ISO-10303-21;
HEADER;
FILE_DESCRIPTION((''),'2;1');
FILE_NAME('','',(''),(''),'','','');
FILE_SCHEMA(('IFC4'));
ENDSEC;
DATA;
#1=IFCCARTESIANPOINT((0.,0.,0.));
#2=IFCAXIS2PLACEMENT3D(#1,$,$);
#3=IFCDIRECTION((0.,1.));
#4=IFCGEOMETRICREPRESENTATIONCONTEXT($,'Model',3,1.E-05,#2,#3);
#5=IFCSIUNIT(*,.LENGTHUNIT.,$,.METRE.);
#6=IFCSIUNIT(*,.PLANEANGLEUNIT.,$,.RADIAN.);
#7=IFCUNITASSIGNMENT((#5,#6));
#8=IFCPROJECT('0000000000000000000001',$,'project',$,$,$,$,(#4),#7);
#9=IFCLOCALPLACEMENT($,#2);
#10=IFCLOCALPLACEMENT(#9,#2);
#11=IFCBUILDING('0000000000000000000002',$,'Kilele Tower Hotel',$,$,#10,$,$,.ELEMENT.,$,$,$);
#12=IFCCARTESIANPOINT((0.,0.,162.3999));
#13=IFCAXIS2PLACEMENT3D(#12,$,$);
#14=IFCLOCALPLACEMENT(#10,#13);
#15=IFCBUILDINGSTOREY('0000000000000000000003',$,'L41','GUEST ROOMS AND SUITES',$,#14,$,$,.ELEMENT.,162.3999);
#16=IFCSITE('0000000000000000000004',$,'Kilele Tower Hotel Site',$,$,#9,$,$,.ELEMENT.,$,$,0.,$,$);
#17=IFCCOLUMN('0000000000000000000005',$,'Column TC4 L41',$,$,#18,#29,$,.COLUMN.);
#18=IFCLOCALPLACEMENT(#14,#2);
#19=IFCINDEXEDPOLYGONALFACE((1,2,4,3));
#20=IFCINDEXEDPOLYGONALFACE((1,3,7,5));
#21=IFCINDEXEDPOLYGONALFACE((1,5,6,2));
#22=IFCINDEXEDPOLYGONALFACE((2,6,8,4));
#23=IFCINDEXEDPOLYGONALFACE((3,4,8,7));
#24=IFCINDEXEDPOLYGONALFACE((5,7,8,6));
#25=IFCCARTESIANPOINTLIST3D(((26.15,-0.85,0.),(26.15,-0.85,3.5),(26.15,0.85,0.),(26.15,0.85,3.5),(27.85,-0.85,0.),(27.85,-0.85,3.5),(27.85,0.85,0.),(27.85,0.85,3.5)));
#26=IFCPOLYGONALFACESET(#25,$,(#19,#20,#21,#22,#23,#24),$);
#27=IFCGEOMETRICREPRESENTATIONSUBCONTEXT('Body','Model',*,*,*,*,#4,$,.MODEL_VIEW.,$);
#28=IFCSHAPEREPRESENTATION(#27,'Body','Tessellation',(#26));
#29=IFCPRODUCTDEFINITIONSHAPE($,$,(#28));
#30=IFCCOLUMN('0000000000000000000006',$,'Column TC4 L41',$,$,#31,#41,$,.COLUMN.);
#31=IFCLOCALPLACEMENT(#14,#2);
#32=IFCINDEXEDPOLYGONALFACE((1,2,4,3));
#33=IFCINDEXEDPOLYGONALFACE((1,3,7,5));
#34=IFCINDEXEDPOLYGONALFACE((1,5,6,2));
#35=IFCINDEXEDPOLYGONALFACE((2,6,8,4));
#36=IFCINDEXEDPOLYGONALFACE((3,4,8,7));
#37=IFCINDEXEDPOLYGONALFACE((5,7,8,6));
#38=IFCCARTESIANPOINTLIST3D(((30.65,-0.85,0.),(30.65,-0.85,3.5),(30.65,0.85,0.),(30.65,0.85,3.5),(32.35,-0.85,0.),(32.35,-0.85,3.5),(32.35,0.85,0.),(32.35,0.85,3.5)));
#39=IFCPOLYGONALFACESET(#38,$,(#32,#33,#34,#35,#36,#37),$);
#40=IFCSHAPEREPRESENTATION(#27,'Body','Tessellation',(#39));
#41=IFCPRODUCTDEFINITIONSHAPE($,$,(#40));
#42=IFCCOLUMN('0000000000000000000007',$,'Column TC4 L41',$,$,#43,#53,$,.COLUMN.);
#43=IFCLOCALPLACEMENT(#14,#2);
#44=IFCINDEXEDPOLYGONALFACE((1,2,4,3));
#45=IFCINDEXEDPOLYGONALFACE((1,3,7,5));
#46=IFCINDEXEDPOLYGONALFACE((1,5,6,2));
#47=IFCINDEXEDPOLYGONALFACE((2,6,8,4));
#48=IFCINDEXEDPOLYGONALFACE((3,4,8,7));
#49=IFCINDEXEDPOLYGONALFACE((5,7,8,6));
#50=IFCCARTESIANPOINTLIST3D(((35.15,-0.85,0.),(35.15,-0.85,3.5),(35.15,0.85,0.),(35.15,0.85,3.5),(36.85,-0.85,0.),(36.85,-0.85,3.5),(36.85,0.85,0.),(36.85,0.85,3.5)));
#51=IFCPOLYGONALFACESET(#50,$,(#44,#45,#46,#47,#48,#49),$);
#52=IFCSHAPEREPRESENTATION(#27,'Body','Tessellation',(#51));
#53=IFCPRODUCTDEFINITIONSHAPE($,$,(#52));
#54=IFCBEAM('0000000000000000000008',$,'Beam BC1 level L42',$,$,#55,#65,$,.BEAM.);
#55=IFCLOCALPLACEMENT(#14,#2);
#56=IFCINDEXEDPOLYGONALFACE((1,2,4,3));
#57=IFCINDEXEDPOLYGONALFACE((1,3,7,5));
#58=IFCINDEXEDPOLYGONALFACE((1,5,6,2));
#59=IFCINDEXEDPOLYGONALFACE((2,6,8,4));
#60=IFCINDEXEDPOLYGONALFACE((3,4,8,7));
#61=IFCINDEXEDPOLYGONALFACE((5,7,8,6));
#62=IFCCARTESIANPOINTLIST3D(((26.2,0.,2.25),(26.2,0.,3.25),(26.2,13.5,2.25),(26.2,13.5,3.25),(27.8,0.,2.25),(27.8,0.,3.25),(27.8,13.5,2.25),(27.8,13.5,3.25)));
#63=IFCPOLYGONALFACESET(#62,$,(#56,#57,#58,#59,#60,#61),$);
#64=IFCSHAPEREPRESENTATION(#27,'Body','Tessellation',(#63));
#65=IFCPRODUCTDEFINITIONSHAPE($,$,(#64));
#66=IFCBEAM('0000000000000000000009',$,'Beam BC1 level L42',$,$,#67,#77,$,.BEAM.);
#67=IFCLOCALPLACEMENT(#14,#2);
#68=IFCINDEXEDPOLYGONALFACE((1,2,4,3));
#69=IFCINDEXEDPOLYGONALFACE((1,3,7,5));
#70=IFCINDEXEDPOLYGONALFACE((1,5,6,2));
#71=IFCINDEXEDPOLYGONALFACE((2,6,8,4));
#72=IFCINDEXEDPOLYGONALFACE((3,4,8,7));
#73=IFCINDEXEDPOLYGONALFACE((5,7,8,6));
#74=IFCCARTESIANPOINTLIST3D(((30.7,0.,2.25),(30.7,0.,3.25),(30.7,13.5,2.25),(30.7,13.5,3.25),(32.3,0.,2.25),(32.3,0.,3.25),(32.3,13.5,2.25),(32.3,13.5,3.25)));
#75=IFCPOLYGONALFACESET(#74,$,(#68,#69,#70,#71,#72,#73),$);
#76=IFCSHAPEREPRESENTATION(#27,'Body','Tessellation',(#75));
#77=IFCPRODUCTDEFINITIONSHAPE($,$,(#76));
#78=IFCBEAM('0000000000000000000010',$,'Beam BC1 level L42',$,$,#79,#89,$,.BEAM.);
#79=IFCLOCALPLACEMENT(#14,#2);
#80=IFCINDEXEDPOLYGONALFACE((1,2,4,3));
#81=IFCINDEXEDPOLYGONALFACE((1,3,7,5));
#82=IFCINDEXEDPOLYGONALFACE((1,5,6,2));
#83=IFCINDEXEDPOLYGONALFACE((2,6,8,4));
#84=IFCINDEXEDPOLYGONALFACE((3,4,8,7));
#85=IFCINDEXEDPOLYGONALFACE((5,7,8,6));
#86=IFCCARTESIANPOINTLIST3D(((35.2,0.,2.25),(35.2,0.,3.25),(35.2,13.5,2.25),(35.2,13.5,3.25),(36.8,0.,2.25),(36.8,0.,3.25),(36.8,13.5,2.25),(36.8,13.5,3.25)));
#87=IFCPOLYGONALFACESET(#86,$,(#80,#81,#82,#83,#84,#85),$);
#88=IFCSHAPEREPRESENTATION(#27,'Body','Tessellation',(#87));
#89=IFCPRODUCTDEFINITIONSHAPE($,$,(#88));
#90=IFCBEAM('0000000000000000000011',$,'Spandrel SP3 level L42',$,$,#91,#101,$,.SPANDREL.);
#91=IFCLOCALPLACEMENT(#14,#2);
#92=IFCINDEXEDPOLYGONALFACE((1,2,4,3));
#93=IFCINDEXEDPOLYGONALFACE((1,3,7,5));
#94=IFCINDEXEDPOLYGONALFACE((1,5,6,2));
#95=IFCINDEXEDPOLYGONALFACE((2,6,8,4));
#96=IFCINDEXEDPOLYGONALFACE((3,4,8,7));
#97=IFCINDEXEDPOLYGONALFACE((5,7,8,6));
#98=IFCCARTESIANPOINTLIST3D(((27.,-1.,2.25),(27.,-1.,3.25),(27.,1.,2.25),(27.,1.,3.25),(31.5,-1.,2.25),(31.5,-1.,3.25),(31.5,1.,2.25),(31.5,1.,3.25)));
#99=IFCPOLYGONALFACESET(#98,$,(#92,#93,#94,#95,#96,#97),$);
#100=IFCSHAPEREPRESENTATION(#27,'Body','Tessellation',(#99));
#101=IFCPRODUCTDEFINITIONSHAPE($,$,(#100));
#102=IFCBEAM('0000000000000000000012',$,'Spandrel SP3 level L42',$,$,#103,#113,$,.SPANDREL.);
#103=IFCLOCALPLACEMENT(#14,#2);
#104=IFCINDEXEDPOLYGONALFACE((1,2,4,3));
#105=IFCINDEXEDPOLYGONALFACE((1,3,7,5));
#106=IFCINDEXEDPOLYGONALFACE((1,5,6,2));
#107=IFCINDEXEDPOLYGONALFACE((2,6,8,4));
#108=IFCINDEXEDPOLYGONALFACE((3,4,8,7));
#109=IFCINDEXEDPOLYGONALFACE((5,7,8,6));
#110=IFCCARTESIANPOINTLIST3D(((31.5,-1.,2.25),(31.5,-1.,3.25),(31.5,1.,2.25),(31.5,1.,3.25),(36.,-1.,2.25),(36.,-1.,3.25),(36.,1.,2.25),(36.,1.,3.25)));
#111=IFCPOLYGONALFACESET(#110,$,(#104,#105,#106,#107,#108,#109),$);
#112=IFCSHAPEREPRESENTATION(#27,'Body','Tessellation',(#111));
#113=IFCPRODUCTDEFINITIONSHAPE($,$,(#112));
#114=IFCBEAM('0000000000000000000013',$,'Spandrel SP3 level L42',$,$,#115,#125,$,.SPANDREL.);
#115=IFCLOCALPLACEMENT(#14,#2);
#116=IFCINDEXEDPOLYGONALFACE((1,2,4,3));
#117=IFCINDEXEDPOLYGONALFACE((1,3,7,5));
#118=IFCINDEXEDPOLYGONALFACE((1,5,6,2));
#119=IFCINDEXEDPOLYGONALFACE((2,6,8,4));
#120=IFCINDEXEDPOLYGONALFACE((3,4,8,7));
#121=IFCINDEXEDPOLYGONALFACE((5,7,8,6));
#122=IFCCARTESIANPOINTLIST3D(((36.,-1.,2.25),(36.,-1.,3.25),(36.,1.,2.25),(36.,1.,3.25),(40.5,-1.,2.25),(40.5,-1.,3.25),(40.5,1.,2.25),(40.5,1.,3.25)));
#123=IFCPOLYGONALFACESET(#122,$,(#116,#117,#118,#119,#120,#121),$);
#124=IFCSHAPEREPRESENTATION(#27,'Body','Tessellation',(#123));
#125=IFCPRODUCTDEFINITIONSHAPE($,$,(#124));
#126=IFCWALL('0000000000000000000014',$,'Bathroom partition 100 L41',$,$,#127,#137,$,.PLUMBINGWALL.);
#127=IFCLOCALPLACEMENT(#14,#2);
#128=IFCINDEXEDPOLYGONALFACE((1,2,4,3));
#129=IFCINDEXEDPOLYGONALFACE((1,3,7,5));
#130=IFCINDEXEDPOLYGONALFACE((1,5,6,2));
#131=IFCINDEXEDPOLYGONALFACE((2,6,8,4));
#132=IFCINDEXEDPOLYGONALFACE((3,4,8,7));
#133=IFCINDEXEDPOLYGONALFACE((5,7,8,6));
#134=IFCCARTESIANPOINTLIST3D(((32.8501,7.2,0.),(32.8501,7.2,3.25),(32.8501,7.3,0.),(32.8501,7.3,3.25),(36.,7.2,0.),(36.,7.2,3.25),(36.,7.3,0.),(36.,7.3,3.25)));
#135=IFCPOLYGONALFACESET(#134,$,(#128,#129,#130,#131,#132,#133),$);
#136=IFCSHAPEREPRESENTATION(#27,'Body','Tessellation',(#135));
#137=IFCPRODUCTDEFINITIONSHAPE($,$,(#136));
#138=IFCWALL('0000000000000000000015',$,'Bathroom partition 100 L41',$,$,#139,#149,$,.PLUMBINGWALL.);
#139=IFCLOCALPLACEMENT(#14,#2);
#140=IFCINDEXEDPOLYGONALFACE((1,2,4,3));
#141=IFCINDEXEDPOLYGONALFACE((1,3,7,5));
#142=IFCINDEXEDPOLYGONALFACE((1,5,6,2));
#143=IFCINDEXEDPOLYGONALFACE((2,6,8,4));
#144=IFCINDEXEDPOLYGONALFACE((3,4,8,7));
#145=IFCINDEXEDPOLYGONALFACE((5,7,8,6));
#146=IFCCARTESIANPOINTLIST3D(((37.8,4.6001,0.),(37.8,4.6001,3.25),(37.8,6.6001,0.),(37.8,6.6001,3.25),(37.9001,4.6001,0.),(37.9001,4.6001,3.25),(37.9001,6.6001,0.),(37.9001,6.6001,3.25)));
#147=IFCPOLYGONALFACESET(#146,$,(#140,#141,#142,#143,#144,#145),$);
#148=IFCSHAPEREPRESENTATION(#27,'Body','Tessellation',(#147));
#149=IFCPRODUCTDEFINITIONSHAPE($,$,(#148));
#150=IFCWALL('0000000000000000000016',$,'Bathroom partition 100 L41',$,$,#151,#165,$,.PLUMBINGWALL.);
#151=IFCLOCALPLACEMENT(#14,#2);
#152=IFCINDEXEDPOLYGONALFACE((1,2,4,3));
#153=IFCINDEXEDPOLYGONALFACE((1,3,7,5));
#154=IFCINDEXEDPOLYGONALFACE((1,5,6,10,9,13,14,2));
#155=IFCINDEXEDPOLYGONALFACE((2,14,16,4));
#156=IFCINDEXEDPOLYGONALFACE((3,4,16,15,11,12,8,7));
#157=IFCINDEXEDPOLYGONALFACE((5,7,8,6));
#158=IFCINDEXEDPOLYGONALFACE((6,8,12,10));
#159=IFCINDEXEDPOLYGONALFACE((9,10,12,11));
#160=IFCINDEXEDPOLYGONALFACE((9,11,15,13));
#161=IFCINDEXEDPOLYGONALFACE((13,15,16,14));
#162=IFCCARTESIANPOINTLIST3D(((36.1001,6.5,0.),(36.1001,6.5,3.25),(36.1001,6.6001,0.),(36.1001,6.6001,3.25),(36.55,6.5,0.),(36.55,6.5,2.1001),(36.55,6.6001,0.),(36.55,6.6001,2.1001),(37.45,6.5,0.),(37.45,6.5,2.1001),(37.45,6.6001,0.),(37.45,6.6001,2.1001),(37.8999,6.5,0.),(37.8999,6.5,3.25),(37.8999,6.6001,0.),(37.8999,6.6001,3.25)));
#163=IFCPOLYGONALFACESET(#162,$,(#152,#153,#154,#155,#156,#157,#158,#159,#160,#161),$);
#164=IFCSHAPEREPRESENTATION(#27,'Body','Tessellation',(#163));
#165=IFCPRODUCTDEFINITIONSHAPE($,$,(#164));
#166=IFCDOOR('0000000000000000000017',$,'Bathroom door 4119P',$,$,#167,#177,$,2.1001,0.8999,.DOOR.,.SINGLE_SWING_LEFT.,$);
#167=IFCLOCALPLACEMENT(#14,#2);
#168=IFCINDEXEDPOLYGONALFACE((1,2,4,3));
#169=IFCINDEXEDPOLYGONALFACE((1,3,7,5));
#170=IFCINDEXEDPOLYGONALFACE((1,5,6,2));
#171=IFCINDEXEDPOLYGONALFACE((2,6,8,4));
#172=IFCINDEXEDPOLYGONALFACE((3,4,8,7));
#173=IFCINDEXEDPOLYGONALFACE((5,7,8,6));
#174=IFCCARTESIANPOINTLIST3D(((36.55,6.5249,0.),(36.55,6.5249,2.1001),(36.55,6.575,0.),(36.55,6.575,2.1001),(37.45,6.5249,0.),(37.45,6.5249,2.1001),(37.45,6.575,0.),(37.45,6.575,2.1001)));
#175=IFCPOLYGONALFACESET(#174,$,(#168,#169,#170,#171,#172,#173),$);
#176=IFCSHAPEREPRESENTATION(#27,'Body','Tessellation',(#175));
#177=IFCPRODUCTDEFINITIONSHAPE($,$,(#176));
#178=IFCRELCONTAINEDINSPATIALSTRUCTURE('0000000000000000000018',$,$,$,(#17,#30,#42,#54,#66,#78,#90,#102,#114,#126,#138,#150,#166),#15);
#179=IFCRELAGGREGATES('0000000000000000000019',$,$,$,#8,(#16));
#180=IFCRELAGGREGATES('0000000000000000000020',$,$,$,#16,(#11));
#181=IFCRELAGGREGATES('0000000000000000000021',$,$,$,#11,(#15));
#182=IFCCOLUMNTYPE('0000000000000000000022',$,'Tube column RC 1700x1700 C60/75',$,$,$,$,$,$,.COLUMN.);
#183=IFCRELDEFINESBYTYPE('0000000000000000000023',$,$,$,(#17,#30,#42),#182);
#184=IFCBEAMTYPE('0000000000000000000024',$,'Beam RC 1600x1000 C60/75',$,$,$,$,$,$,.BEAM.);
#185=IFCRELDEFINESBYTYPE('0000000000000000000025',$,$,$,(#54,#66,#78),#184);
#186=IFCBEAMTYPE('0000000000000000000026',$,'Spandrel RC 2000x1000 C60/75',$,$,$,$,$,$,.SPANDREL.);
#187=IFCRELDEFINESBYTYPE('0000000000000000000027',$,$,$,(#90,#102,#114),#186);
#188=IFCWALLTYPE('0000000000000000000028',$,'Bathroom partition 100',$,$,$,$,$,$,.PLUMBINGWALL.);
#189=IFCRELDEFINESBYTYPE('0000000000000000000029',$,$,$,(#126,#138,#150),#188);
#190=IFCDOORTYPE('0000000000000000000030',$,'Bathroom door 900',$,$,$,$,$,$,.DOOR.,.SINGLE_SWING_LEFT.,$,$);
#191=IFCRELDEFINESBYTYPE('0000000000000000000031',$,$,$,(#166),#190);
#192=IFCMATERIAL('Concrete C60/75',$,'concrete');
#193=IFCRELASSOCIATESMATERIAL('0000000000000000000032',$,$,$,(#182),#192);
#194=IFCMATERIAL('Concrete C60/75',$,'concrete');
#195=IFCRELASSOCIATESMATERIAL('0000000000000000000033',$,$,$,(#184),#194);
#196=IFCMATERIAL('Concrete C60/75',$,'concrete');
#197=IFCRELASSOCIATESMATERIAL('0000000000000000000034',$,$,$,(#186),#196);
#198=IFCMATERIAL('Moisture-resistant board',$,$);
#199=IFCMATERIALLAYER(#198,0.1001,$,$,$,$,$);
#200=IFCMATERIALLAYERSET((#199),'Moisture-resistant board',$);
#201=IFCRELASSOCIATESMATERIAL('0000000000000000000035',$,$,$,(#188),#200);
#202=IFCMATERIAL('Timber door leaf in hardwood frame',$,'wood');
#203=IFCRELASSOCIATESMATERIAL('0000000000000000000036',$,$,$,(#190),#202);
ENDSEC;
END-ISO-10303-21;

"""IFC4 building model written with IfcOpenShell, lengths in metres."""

from ifc_helpers import new_model, si_unit, direction, frame, frame_2d, origin, origin_2d, place, context, subcontext, project, spatial, rectangle, extrude, material, layer, layer_set, material_profile, profile_set, type_object, element, fill, save


model = new_model("IFC4")

# Units and contexts
model_context = context("Model", 3, precision=1e-05, world=origin(), true_north=direction((0.0, 1.0)))
body_context = subcontext(model_context, "Body", "Model", "MODEL_VIEW")
ifc_project = project(units=[si_unit("LENGTHUNIT", "METRE"), si_unit("PLANEANGLEUNIT", "RADIAN")], contexts=[model_context])

# Site, building, storey
site_placement = place(None, origin())
site = spatial("IfcSite", under=ifc_project, at=site_placement, Name="Kilele Tower Hotel Site", CompositionType="ELEMENT", RefElevation=0.0)
building_placement = place(site_placement, origin())
building = spatial("IfcBuilding", under=site, at=building_placement, Name="Kilele Tower Hotel", CompositionType="ELEMENT")
storey_placement = place(building_placement, frame((0.0, 0.0, 162.3999)))
storey = spatial("IfcBuildingStorey", under=building, at=storey_placement, Name="L41", Description="GUEST ROOMS AND SUITES", CompositionType="ELEMENT", Elevation=162.3999)

# Columns
ifc_material_1 = material(Name="Concrete C60/75", Category="concrete")
ifc_material_profile_1 = material_profile(ifc_material_1, rectangle(XDim=1.7, YDim=1.7, at=origin_2d()))
ifc_profile_set_1 = profile_set([ifc_material_profile_1], Name="Concrete C60/75")
column_type = type_object("IfcColumnType", Name="Tube column RC 1700x1700 C60/75", PredefinedType="COLUMN", material=ifc_profile_set_1)
for number, where, z_axis, x_axis, name in (
    (1, (27.0, 0.0, 0.0), (0.0, 0.0, 1.0), (1.0, 0.0, 0.0), "Column TC4 L41"),
    (2, (31.5, 0.0, 0.0), (0.0, 0.0, 1.0), (1.0, 0.0, 0.0), "Column TC4 L41"),
    (3, (36.0, 0.0, 0.0), (0.0, 0.0, 1.0), (1.0, 0.0, 0.0), "Column TC4 L41"),
):
    element("IfcColumn", number, at=place(storey_placement, frame(where, z_axis=z_axis, x_axis=x_axis)), inside=storey, type_object=column_type, Name=name, PredefinedType="COLUMN", context=body_context, shape_type="SweptSolid", body=[
        extrude(rectangle(XDim=1.7, YDim=1.7, at=origin_2d()), origin(), (0.0, 0.0, 1.0), 3.5),
    ])

# Beams
ifc_material_2 = material(Name="Concrete C60/75", Category="concrete")
ifc_material_profile_2 = material_profile(ifc_material_2, rectangle(XDim=1.6001, YDim=1.0, at=origin_2d()))
ifc_profile_set_2 = profile_set([ifc_material_profile_2], Name="Concrete C60/75")
beam_type_1 = type_object("IfcBeamType", Name="Beam RC 1600x1000 C60/75", PredefinedType="BEAM", material=ifc_profile_set_2)
for number, where, z_axis, x_axis, name in (
    (4, (27.0, 0.0, 2.75), (0.0, 1.0, 0.0), (-1.0, 0.0, 0.0), "Beam BC1 level L42"),
    (5, (31.5, 0.0, 2.75), (0.0, 1.0, 0.0), (-1.0, 0.0, 0.0), "Beam BC1 level L42"),
    (6, (36.0, 0.0, 2.75), (0.0, 1.0, 0.0), (-1.0, 0.0, 0.0), "Beam BC1 level L42"),
):
    element("IfcBeam", number, at=place(storey_placement, frame(where, z_axis=z_axis, x_axis=x_axis)), inside=storey, type_object=beam_type_1, Name=name, PredefinedType="BEAM", context=body_context, shape_type="SweptSolid", body=[
        extrude(rectangle(XDim=1.6001, YDim=1.0, at=origin_2d()), origin(), (0.0, 0.0, 1.0), 13.5),
    ])
ifc_material_3 = material(Name="Concrete C60/75", Category="concrete")
ifc_material_profile_3 = material_profile(ifc_material_3, rectangle(XDim=2.0, YDim=1.0, at=origin_2d()))
ifc_profile_set_3 = profile_set([ifc_material_profile_3], Name="Concrete C60/75")
beam_type_2 = type_object("IfcBeamType", Name="Spandrel RC 2000x1000 C60/75", PredefinedType="SPANDREL", material=ifc_profile_set_3)
for number, where, z_axis, x_axis, name in (
    (7, (27.0, 0.0, 2.75), (1.0, 0.0, 0.0), (0.0, 1.0, 0.0), "Spandrel SP3 level L42"),
    (8, (31.5, 0.0, 2.75), (1.0, 0.0, 0.0), (0.0, 1.0, 0.0), "Spandrel SP3 level L42"),
    (9, (36.0, 0.0, 2.75), (1.0, 0.0, 0.0), (0.0, 1.0, 0.0), "Spandrel SP3 level L42"),
):
    element("IfcBeam", number, at=place(storey_placement, frame(where, z_axis=z_axis, x_axis=x_axis)), inside=storey, type_object=beam_type_2, Name=name, PredefinedType="SPANDREL", context=body_context, shape_type="SweptSolid", body=[
        extrude(rectangle(XDim=2.0, YDim=1.0, at=origin_2d()), origin(), (0.0, 0.0, 1.0), 4.5),
    ])

# Walls
ifc_material_4 = material(Name="Moisture-resistant board")
ifc_layer_1 = layer(ifc_material_4, 0.1001)
ifc_layer_set_1 = layer_set([ifc_layer_1], Name="Moisture-resistant board")
wall_type_1 = type_object("IfcWallType", Name="Bathroom partition 100", PredefinedType="PLUMBINGWALL", material=ifc_layer_set_1)
wall_1_placement = place(storey_placement, frame((32.8501, 7.25, 0.0), z_axis=(0.0, 0.0, 1.0), x_axis=(1.0, 0.0, 0.0)))
element("IfcWall", 10, at=wall_1_placement, inside=storey, type_object=wall_type_1, Name="Bathroom partition 100 L41", PredefinedType="PLUMBINGWALL", context=body_context, shape_type="SweptSolid", body=[
    extrude(rectangle(XDim=3.1499, YDim=0.1001, at=frame_2d((1.575, 0.0))), origin(), (0.0, 0.0, 1.0), 3.25),
])
wall_2_placement = place(storey_placement, frame((37.8501, 4.6001, 0.0), z_axis=(0.0, 0.0, 1.0), x_axis=(0.0, 1.0, 0.0)))
element("IfcWall", 11, at=wall_2_placement, inside=storey, type_object=wall_type_1, Name="Bathroom partition 100 L41", PredefinedType="PLUMBINGWALL", context=body_context, shape_type="SweptSolid", body=[
    extrude(rectangle(XDim=2.0, YDim=0.1001, at=frame_2d((1.0, 0.0))), origin(), (0.0, 0.0, 1.0), 3.25),
])

# Wall, opening, door
wall_3_placement = place(storey_placement, frame((36.1001, 6.55, 0.0), z_axis=(0.0, 0.0, 1.0), x_axis=(1.0, 0.0, 0.0)))
wall_3 = element("IfcWall", 12, at=wall_3_placement, inside=storey, type_object=wall_type_1, Name="Bathroom partition 100 L41", PredefinedType="PLUMBINGWALL", context=body_context, shape_type="SweptSolid", body=[
    extrude(rectangle(XDim=1.7998, YDim=0.1001, at=frame_2d((0.8999, 0.0))), origin(), (0.0, 0.0, 1.0), 3.25),
])
opening_1_placement = place(wall_3_placement, frame((0.45, 0.0, 0.0)))
opening_1 = element("IfcOpeningElement", 13, at=opening_1_placement, cuts=wall_3, PredefinedType="OPENING", context=body_context, shape_type="SweptSolid", body=[
    extrude(rectangle(XDim=0.8999, YDim=2.1001, at=frame_2d((0.45, 1.05))), frame((0.0, 0.0601, 0.0), z_axis=(0.0, -1.0, 0.0), x_axis=(1.0, 0.0, 0.0)), (0.0, 0.0, 1.0), 0.1201),
])
ifc_material_5 = material(Name="Timber door leaf in hardwood frame", Category="wood")
door_type_1 = type_object("IfcDoorType", Name="Bathroom door 900", OperationType="SINGLE_SWING_LEFT", PredefinedType="DOOR", material=ifc_material_5)
door_1_placement = place(opening_1_placement, origin())
door_1 = element("IfcDoor", 14, at=door_1_placement, inside=storey, type_object=door_type_1, Name="Bathroom door 4119P", OperationType="SINGLE_SWING_LEFT", OverallHeight=2.1001, OverallWidth=0.8999, PredefinedType="DOOR", context=body_context, shape_type="SweptSolid", body=[
    extrude(rectangle(XDim=0.8999, YDim=2.1001, at=frame_2d((0.45, 1.05))), frame((0.0, 0.0249, 0.0), z_axis=(0.0, -1.0, 0.0), x_axis=(1.0, 0.0, 0.0)), (0.0, 0.0, 1.0), 0.05),
])
fill(opening_1, door_1)

save(model, "model.ifc")
